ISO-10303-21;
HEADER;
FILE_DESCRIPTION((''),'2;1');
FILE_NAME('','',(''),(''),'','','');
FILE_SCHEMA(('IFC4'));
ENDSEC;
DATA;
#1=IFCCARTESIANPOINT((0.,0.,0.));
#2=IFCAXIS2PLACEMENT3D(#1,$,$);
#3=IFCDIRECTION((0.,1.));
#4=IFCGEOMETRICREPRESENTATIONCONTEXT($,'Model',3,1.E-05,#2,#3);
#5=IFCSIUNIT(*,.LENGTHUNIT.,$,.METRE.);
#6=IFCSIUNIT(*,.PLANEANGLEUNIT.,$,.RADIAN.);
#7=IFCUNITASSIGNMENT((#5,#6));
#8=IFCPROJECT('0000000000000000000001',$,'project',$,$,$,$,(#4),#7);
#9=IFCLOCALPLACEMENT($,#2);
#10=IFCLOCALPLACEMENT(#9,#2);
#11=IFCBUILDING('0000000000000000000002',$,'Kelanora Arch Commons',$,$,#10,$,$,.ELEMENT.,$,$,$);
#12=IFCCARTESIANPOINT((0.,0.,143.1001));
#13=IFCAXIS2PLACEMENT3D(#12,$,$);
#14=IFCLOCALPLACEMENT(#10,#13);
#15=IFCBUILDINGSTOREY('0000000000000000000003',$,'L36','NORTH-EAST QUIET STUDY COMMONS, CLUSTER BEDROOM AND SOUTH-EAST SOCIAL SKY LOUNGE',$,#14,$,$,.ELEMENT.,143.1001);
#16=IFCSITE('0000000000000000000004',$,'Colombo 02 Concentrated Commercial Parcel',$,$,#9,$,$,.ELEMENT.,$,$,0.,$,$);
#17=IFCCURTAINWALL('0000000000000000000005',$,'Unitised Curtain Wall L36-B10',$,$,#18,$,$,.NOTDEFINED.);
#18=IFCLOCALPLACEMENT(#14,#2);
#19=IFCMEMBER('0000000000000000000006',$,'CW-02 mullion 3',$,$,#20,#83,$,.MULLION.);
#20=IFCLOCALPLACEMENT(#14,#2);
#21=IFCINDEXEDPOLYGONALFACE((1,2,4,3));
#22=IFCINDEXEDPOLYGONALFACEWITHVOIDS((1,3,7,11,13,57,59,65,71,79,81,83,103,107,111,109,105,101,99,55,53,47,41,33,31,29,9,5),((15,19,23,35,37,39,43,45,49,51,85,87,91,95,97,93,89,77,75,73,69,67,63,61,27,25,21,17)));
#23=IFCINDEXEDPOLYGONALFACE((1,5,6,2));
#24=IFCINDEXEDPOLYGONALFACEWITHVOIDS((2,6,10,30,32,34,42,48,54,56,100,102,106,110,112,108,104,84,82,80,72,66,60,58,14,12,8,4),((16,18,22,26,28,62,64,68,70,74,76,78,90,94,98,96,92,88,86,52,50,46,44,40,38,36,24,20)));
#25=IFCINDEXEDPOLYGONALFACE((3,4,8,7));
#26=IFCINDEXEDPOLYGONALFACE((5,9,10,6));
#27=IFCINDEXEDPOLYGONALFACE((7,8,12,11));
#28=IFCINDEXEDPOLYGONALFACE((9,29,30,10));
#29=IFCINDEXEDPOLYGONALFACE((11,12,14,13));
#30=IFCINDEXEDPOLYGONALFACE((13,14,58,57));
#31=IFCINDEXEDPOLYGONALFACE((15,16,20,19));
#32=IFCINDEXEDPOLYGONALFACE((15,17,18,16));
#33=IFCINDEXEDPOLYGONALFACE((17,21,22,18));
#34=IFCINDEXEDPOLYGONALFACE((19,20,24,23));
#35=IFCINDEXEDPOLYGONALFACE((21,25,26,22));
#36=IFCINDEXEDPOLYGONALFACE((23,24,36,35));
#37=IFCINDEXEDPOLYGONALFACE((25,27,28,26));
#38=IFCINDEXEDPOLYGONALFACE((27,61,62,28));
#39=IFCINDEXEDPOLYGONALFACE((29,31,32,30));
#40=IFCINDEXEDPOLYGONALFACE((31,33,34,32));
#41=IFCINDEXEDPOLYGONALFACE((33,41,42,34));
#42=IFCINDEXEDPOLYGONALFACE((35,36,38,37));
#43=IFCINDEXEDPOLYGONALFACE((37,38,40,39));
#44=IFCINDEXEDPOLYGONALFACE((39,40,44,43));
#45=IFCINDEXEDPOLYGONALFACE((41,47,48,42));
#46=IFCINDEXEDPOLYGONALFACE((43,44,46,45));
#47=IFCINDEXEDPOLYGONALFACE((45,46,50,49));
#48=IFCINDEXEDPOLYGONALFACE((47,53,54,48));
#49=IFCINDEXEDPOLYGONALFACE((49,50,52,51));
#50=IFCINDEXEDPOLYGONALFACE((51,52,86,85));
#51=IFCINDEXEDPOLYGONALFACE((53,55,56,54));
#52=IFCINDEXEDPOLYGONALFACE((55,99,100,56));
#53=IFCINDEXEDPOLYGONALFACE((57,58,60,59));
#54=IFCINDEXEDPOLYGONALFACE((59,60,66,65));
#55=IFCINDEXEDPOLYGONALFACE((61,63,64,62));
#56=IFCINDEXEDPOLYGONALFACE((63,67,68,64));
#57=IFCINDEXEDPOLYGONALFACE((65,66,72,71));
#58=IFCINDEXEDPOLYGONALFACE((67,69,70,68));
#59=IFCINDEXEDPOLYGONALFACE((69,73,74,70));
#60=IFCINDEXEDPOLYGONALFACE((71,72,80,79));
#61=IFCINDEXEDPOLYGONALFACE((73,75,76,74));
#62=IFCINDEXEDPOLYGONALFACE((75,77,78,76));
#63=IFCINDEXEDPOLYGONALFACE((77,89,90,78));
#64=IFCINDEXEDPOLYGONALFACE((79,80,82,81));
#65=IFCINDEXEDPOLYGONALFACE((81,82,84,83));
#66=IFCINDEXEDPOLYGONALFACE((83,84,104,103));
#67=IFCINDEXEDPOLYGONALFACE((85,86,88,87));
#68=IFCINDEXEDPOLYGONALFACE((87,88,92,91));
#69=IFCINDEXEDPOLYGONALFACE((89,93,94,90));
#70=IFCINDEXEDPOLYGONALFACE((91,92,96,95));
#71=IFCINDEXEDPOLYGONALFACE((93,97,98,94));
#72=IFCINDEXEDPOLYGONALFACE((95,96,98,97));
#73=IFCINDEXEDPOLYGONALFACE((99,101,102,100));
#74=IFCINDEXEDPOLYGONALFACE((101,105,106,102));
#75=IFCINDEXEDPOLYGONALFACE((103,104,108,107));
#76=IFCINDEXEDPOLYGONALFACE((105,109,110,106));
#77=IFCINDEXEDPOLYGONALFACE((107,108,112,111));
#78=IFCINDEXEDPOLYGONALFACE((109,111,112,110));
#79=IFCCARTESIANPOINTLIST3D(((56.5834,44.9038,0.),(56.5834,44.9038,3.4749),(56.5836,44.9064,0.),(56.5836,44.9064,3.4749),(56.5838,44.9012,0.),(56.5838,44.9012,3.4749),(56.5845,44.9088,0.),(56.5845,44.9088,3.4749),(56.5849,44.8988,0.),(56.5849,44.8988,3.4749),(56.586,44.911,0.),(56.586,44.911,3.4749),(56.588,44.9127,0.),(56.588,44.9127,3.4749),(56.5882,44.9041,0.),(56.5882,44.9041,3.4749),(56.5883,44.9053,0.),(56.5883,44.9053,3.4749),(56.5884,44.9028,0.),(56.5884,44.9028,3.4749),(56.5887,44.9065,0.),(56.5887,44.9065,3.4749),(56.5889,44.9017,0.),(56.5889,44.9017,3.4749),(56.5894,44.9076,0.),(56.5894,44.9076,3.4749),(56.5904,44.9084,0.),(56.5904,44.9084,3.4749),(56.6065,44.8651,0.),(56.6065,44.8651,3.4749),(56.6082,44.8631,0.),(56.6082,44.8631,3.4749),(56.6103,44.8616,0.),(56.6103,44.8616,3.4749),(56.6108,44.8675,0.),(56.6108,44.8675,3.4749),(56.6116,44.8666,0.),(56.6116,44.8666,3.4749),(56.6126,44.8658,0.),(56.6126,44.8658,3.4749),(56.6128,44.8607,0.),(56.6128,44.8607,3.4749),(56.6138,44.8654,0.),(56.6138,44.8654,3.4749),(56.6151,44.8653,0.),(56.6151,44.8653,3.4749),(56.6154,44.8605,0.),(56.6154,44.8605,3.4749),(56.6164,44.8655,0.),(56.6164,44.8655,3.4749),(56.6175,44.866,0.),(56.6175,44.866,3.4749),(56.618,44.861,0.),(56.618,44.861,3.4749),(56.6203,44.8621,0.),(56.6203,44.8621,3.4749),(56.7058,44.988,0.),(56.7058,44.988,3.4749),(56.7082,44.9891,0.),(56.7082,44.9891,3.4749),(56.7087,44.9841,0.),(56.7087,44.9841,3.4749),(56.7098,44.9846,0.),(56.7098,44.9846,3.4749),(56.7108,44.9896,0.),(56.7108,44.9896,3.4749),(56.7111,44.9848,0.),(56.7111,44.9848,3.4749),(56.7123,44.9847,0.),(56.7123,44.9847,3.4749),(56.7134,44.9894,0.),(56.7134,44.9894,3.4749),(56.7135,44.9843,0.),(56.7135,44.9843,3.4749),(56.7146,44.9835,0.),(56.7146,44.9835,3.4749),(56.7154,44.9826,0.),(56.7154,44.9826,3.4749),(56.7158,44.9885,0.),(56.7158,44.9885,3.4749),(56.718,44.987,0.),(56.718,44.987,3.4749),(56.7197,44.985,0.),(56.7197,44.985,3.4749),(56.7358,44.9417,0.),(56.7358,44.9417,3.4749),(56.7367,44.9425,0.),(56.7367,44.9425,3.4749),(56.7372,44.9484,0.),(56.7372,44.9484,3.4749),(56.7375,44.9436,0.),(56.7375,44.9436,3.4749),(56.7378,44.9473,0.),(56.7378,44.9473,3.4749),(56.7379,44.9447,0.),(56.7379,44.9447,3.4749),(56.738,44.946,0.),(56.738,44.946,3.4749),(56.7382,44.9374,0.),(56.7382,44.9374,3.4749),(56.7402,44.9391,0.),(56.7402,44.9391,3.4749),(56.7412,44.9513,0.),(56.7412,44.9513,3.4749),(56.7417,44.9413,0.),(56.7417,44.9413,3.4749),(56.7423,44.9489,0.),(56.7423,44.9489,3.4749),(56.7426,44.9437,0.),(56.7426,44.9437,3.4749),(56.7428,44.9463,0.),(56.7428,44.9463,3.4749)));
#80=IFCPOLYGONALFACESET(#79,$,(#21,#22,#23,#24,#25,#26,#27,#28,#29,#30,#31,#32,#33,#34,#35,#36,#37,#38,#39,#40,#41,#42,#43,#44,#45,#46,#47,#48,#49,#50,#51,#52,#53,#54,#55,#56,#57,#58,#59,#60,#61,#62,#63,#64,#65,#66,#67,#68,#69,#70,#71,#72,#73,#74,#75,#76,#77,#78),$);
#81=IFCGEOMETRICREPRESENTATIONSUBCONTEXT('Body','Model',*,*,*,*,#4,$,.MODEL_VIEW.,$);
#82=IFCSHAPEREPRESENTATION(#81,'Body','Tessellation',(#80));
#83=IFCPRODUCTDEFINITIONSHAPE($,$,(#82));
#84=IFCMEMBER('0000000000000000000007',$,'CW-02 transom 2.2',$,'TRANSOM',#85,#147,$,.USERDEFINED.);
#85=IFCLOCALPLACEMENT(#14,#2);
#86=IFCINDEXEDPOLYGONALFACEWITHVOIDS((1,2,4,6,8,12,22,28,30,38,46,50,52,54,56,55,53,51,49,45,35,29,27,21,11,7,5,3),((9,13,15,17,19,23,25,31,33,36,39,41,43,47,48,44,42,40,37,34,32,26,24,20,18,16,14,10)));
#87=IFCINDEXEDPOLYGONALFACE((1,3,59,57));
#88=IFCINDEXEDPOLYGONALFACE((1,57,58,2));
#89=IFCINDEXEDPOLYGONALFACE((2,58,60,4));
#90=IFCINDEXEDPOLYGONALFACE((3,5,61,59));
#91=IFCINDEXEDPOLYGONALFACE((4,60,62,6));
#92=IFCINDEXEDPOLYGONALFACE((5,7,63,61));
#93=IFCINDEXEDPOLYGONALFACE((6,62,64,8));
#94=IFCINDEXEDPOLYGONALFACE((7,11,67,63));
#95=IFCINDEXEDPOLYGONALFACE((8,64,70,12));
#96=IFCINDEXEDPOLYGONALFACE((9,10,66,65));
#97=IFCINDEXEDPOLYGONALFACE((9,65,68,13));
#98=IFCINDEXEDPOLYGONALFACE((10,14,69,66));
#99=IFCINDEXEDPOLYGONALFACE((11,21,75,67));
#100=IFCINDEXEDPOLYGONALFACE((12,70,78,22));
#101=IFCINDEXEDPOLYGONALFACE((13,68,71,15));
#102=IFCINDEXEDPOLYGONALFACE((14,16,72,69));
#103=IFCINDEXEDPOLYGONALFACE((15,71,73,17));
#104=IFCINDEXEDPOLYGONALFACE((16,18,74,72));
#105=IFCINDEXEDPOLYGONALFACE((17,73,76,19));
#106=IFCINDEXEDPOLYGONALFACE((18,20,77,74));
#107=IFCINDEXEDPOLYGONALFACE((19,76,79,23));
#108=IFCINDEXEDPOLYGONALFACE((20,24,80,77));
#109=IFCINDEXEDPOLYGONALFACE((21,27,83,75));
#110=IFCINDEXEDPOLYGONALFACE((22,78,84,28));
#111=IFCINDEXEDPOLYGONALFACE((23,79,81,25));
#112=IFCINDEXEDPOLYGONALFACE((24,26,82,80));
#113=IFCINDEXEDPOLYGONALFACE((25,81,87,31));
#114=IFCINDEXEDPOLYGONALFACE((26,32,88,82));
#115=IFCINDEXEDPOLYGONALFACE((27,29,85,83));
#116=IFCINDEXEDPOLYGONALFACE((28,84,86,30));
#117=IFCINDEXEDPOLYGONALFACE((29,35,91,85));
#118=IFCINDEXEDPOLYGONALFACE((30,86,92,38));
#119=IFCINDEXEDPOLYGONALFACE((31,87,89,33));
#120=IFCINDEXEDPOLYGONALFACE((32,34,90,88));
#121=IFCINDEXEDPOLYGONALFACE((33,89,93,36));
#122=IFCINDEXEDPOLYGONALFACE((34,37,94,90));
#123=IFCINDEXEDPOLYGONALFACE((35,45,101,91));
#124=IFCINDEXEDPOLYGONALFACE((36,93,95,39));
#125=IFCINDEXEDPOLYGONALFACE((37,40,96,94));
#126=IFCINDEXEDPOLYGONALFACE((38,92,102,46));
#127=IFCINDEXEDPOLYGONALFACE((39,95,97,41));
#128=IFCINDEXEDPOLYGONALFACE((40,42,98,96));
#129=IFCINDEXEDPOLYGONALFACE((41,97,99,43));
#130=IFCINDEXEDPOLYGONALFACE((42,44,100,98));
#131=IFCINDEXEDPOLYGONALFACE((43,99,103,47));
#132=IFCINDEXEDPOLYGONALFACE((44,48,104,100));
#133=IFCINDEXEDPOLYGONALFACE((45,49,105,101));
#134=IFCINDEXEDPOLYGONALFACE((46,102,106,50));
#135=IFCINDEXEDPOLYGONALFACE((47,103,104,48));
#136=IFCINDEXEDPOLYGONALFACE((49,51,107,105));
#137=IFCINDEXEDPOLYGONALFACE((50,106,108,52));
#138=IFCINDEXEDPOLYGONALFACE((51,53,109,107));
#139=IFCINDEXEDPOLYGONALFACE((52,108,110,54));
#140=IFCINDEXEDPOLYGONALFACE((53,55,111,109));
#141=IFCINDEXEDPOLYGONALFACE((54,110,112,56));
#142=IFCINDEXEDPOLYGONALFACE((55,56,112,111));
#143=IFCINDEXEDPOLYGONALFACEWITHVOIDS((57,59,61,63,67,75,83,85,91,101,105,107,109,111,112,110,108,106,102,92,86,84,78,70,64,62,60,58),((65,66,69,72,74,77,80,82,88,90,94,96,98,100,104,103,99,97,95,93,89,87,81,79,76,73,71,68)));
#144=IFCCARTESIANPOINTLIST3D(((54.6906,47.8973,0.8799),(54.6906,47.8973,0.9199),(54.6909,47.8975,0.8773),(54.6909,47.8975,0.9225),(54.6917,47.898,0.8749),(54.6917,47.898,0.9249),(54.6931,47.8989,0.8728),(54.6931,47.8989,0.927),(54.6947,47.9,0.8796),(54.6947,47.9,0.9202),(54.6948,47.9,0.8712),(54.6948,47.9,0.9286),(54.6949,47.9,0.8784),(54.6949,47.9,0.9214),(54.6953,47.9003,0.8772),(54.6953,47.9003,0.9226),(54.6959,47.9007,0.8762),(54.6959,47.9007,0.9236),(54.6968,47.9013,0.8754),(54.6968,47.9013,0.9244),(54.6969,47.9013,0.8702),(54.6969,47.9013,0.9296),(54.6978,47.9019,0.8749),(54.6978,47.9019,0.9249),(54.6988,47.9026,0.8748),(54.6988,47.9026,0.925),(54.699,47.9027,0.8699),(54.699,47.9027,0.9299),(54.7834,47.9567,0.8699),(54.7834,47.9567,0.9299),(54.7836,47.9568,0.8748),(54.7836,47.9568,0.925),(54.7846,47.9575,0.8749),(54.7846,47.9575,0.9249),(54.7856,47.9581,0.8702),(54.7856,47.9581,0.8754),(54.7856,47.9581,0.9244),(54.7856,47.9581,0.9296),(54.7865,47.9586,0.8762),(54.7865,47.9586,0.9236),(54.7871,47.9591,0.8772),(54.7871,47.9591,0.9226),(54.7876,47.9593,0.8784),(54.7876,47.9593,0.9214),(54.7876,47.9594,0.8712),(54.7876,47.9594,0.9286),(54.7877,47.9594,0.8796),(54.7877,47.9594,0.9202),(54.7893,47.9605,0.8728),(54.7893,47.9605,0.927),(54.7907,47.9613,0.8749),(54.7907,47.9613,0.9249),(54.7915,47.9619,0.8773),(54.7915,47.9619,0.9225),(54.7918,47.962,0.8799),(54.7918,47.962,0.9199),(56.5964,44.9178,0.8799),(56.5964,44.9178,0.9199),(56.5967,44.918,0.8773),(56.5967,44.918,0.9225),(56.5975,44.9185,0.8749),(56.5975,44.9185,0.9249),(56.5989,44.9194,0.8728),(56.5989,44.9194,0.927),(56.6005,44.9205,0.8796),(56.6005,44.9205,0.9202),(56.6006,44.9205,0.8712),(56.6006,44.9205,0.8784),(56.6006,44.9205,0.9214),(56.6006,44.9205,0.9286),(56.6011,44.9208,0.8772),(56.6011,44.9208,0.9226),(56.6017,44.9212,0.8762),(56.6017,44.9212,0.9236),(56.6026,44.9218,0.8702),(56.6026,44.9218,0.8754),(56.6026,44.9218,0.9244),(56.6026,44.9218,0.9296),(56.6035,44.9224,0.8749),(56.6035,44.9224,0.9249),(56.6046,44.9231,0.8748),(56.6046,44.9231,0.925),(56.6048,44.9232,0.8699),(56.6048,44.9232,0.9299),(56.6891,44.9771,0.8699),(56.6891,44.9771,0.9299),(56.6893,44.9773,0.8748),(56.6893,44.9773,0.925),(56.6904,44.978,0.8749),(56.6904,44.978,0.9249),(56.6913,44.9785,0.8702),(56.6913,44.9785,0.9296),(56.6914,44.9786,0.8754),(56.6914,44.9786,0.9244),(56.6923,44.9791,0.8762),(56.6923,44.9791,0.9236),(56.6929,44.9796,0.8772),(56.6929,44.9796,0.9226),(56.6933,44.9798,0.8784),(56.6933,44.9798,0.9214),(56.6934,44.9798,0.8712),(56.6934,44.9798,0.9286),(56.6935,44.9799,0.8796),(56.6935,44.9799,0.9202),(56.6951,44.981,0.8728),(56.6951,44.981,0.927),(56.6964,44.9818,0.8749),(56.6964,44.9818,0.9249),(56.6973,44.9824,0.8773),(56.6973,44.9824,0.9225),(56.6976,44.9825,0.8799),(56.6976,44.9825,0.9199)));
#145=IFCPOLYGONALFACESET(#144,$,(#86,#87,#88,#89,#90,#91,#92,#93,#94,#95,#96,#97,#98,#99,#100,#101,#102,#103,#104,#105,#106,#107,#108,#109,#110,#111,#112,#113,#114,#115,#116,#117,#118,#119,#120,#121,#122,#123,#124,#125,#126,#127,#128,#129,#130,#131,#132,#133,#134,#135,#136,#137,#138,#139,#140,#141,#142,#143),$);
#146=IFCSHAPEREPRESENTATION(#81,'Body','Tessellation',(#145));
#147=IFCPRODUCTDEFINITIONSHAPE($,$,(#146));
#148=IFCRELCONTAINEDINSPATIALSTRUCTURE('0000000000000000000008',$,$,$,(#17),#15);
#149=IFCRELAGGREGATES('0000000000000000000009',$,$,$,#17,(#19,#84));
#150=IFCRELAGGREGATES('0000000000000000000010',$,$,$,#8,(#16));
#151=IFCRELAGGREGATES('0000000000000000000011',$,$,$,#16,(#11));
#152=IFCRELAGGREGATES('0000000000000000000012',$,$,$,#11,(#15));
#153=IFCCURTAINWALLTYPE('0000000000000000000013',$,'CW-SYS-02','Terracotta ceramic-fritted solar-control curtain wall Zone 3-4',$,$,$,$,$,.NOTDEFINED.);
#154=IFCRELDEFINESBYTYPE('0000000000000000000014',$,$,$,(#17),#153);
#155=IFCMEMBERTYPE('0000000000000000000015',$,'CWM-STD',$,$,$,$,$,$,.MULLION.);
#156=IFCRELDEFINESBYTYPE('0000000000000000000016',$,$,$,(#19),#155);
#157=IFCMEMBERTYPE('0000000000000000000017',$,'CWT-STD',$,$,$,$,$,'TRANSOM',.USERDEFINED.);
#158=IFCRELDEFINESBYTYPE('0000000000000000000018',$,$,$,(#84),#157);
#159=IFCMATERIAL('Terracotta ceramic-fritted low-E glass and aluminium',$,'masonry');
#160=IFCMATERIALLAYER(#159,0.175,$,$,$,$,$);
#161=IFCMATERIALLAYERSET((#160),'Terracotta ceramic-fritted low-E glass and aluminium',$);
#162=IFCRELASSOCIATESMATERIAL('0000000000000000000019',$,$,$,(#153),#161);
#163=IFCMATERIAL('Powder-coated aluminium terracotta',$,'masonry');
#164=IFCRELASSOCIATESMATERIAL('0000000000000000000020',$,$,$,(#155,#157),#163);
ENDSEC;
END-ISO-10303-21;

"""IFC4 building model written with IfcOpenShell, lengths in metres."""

from ifc_helpers import new_model, si_unit, direction, frame, origin, origin_2d, place, context, subcontext, project, spatial, hollow_rectangle, extrude, material, layer, layer_set, material_profile, profile_set, type_object, element, aggregate, save


model = new_model("IFC4")

# Units and contexts
model_context = context("Model", 3, precision=1e-05, world=origin(), true_north=direction((0.0, 1.0)))
body_context = subcontext(model_context, "Body", "Model", "MODEL_VIEW")
ifc_project = project(units=[si_unit("LENGTHUNIT", "METRE"), si_unit("PLANEANGLEUNIT", "RADIAN")], contexts=[model_context])

# Site, building, storey
site_placement = place(None, origin())
site = spatial("IfcSite", under=ifc_project, at=site_placement, Name="Colombo 02 Concentrated Commercial Parcel", CompositionType="ELEMENT", RefElevation=0.0)
building_placement = place(site_placement, origin())
building = spatial("IfcBuilding", under=site, at=building_placement, Name="Kelanora Arch Commons", CompositionType="ELEMENT")
storey_placement = place(building_placement, frame((0.0, 0.0, 143.1001)))
storey = spatial("IfcBuildingStorey", under=building, at=storey_placement, Name="L36", Description="NORTH-EAST QUIET STUDY COMMONS, CLUSTER BEDROOM AND SOUTH-EAST SOCIAL SKY LOUNGE", CompositionType="ELEMENT", Elevation=143.1001)

# Curtain wall, members
ifc_material_1 = material(Name="Terracotta ceramic-fritted low-E glass and aluminium", Category="masonry")
ifc_layer_1 = layer(ifc_material_1, 0.175)
ifc_layer_set_1 = layer_set([ifc_layer_1], Name="Terracotta ceramic-fritted low-E glass and aluminium")
curtain_wall_type = type_object("IfcCurtainWallType", Name="CW-SYS-02", Description="Terracotta ceramic-fritted solar-control curtain wall Zone 3-4", PredefinedType="NOTDEFINED", material=ifc_layer_set_1)
curtain_wall_placement = place(storey_placement, origin())
curtain_wall = element("IfcCurtainWall", 1, at=curtain_wall_placement, inside=storey, type_object=curtain_wall_type, Name="Unitised Curtain Wall L36-B10", PredefinedType="NOTDEFINED")
ifc_material_2 = material(Name="Powder-coated aluminium terracotta", Category="masonry")
ifc_material_profile_1 = material_profile(ifc_material_2, hollow_rectangle(XDim=0.1599, YDim=0.0601, WallThickness=0.0049, InnerFilletRadius=0.0049, OuterFilletRadius=0.01, at=origin_2d()), Name="CWM160x60")
ifc_profile_set_1 = profile_set([ifc_material_profile_1], Name="Powder-coated aluminium terracotta")
member_type_1 = type_object("IfcMemberType", Name="CWM-STD", PredefinedType="MULLION", material=ifc_profile_set_1)
member_1_placement = place(storey_placement, frame((56.6631, 44.925, 0.0), z_axis=(0.0, 0.0, 1.0), x_axis=(0.842423, 0.538817, 0.0)))
member_1 = element("IfcMember", 2, at=member_1_placement, type_object=member_type_1, Name="CW-02 mullion 3", PredefinedType="MULLION", context=body_context, shape_type="SweptSolid", body=[
    extrude(hollow_rectangle(XDim=0.1599, YDim=0.0601, WallThickness=0.0049, InnerFilletRadius=0.0049, OuterFilletRadius=0.01, at=origin_2d()), origin(), (0.0, 0.0, 1.0), 3.4749),
])
ifc_material_profile_2 = material_profile(ifc_material_2, hollow_rectangle(XDim=0.1201, YDim=0.0601, WallThickness=0.0049, InnerFilletRadius=0.0049, OuterFilletRadius=0.01, at=origin_2d()), Name="CWT120x60")
ifc_profile_set_2 = profile_set([ifc_material_profile_2], Name="Powder-coated aluminium terracotta")
member_type_2 = type_object("IfcMemberType", Name="CWT-STD", ElementType="TRANSOM", PredefinedType="USERDEFINED", material=ifc_profile_set_2)
member_2_placement = place(storey_placement, frame((54.7412, 47.9297, 0.8999), z_axis=(0.53883, -0.842414, 0.0), x_axis=(0.842414, 0.53883, 0.0)))
member_2 = element("IfcMember", 3, at=member_2_placement, type_object=member_type_2, Name="CW-02 transom 2.2", ObjectType="TRANSOM", PredefinedType="USERDEFINED", context=body_context, shape_type="SweptSolid", body=[
    extrude(hollow_rectangle(XDim=0.1201, YDim=0.0601, WallThickness=0.0049, InnerFilletRadius=0.0049, OuterFilletRadius=0.01, at=origin_2d()), origin(), (0.0, 0.0, 1.0), 3.5369),
])
aggregate(curtain_wall, [member_1, member_2])

save(model, "model.ifc")
